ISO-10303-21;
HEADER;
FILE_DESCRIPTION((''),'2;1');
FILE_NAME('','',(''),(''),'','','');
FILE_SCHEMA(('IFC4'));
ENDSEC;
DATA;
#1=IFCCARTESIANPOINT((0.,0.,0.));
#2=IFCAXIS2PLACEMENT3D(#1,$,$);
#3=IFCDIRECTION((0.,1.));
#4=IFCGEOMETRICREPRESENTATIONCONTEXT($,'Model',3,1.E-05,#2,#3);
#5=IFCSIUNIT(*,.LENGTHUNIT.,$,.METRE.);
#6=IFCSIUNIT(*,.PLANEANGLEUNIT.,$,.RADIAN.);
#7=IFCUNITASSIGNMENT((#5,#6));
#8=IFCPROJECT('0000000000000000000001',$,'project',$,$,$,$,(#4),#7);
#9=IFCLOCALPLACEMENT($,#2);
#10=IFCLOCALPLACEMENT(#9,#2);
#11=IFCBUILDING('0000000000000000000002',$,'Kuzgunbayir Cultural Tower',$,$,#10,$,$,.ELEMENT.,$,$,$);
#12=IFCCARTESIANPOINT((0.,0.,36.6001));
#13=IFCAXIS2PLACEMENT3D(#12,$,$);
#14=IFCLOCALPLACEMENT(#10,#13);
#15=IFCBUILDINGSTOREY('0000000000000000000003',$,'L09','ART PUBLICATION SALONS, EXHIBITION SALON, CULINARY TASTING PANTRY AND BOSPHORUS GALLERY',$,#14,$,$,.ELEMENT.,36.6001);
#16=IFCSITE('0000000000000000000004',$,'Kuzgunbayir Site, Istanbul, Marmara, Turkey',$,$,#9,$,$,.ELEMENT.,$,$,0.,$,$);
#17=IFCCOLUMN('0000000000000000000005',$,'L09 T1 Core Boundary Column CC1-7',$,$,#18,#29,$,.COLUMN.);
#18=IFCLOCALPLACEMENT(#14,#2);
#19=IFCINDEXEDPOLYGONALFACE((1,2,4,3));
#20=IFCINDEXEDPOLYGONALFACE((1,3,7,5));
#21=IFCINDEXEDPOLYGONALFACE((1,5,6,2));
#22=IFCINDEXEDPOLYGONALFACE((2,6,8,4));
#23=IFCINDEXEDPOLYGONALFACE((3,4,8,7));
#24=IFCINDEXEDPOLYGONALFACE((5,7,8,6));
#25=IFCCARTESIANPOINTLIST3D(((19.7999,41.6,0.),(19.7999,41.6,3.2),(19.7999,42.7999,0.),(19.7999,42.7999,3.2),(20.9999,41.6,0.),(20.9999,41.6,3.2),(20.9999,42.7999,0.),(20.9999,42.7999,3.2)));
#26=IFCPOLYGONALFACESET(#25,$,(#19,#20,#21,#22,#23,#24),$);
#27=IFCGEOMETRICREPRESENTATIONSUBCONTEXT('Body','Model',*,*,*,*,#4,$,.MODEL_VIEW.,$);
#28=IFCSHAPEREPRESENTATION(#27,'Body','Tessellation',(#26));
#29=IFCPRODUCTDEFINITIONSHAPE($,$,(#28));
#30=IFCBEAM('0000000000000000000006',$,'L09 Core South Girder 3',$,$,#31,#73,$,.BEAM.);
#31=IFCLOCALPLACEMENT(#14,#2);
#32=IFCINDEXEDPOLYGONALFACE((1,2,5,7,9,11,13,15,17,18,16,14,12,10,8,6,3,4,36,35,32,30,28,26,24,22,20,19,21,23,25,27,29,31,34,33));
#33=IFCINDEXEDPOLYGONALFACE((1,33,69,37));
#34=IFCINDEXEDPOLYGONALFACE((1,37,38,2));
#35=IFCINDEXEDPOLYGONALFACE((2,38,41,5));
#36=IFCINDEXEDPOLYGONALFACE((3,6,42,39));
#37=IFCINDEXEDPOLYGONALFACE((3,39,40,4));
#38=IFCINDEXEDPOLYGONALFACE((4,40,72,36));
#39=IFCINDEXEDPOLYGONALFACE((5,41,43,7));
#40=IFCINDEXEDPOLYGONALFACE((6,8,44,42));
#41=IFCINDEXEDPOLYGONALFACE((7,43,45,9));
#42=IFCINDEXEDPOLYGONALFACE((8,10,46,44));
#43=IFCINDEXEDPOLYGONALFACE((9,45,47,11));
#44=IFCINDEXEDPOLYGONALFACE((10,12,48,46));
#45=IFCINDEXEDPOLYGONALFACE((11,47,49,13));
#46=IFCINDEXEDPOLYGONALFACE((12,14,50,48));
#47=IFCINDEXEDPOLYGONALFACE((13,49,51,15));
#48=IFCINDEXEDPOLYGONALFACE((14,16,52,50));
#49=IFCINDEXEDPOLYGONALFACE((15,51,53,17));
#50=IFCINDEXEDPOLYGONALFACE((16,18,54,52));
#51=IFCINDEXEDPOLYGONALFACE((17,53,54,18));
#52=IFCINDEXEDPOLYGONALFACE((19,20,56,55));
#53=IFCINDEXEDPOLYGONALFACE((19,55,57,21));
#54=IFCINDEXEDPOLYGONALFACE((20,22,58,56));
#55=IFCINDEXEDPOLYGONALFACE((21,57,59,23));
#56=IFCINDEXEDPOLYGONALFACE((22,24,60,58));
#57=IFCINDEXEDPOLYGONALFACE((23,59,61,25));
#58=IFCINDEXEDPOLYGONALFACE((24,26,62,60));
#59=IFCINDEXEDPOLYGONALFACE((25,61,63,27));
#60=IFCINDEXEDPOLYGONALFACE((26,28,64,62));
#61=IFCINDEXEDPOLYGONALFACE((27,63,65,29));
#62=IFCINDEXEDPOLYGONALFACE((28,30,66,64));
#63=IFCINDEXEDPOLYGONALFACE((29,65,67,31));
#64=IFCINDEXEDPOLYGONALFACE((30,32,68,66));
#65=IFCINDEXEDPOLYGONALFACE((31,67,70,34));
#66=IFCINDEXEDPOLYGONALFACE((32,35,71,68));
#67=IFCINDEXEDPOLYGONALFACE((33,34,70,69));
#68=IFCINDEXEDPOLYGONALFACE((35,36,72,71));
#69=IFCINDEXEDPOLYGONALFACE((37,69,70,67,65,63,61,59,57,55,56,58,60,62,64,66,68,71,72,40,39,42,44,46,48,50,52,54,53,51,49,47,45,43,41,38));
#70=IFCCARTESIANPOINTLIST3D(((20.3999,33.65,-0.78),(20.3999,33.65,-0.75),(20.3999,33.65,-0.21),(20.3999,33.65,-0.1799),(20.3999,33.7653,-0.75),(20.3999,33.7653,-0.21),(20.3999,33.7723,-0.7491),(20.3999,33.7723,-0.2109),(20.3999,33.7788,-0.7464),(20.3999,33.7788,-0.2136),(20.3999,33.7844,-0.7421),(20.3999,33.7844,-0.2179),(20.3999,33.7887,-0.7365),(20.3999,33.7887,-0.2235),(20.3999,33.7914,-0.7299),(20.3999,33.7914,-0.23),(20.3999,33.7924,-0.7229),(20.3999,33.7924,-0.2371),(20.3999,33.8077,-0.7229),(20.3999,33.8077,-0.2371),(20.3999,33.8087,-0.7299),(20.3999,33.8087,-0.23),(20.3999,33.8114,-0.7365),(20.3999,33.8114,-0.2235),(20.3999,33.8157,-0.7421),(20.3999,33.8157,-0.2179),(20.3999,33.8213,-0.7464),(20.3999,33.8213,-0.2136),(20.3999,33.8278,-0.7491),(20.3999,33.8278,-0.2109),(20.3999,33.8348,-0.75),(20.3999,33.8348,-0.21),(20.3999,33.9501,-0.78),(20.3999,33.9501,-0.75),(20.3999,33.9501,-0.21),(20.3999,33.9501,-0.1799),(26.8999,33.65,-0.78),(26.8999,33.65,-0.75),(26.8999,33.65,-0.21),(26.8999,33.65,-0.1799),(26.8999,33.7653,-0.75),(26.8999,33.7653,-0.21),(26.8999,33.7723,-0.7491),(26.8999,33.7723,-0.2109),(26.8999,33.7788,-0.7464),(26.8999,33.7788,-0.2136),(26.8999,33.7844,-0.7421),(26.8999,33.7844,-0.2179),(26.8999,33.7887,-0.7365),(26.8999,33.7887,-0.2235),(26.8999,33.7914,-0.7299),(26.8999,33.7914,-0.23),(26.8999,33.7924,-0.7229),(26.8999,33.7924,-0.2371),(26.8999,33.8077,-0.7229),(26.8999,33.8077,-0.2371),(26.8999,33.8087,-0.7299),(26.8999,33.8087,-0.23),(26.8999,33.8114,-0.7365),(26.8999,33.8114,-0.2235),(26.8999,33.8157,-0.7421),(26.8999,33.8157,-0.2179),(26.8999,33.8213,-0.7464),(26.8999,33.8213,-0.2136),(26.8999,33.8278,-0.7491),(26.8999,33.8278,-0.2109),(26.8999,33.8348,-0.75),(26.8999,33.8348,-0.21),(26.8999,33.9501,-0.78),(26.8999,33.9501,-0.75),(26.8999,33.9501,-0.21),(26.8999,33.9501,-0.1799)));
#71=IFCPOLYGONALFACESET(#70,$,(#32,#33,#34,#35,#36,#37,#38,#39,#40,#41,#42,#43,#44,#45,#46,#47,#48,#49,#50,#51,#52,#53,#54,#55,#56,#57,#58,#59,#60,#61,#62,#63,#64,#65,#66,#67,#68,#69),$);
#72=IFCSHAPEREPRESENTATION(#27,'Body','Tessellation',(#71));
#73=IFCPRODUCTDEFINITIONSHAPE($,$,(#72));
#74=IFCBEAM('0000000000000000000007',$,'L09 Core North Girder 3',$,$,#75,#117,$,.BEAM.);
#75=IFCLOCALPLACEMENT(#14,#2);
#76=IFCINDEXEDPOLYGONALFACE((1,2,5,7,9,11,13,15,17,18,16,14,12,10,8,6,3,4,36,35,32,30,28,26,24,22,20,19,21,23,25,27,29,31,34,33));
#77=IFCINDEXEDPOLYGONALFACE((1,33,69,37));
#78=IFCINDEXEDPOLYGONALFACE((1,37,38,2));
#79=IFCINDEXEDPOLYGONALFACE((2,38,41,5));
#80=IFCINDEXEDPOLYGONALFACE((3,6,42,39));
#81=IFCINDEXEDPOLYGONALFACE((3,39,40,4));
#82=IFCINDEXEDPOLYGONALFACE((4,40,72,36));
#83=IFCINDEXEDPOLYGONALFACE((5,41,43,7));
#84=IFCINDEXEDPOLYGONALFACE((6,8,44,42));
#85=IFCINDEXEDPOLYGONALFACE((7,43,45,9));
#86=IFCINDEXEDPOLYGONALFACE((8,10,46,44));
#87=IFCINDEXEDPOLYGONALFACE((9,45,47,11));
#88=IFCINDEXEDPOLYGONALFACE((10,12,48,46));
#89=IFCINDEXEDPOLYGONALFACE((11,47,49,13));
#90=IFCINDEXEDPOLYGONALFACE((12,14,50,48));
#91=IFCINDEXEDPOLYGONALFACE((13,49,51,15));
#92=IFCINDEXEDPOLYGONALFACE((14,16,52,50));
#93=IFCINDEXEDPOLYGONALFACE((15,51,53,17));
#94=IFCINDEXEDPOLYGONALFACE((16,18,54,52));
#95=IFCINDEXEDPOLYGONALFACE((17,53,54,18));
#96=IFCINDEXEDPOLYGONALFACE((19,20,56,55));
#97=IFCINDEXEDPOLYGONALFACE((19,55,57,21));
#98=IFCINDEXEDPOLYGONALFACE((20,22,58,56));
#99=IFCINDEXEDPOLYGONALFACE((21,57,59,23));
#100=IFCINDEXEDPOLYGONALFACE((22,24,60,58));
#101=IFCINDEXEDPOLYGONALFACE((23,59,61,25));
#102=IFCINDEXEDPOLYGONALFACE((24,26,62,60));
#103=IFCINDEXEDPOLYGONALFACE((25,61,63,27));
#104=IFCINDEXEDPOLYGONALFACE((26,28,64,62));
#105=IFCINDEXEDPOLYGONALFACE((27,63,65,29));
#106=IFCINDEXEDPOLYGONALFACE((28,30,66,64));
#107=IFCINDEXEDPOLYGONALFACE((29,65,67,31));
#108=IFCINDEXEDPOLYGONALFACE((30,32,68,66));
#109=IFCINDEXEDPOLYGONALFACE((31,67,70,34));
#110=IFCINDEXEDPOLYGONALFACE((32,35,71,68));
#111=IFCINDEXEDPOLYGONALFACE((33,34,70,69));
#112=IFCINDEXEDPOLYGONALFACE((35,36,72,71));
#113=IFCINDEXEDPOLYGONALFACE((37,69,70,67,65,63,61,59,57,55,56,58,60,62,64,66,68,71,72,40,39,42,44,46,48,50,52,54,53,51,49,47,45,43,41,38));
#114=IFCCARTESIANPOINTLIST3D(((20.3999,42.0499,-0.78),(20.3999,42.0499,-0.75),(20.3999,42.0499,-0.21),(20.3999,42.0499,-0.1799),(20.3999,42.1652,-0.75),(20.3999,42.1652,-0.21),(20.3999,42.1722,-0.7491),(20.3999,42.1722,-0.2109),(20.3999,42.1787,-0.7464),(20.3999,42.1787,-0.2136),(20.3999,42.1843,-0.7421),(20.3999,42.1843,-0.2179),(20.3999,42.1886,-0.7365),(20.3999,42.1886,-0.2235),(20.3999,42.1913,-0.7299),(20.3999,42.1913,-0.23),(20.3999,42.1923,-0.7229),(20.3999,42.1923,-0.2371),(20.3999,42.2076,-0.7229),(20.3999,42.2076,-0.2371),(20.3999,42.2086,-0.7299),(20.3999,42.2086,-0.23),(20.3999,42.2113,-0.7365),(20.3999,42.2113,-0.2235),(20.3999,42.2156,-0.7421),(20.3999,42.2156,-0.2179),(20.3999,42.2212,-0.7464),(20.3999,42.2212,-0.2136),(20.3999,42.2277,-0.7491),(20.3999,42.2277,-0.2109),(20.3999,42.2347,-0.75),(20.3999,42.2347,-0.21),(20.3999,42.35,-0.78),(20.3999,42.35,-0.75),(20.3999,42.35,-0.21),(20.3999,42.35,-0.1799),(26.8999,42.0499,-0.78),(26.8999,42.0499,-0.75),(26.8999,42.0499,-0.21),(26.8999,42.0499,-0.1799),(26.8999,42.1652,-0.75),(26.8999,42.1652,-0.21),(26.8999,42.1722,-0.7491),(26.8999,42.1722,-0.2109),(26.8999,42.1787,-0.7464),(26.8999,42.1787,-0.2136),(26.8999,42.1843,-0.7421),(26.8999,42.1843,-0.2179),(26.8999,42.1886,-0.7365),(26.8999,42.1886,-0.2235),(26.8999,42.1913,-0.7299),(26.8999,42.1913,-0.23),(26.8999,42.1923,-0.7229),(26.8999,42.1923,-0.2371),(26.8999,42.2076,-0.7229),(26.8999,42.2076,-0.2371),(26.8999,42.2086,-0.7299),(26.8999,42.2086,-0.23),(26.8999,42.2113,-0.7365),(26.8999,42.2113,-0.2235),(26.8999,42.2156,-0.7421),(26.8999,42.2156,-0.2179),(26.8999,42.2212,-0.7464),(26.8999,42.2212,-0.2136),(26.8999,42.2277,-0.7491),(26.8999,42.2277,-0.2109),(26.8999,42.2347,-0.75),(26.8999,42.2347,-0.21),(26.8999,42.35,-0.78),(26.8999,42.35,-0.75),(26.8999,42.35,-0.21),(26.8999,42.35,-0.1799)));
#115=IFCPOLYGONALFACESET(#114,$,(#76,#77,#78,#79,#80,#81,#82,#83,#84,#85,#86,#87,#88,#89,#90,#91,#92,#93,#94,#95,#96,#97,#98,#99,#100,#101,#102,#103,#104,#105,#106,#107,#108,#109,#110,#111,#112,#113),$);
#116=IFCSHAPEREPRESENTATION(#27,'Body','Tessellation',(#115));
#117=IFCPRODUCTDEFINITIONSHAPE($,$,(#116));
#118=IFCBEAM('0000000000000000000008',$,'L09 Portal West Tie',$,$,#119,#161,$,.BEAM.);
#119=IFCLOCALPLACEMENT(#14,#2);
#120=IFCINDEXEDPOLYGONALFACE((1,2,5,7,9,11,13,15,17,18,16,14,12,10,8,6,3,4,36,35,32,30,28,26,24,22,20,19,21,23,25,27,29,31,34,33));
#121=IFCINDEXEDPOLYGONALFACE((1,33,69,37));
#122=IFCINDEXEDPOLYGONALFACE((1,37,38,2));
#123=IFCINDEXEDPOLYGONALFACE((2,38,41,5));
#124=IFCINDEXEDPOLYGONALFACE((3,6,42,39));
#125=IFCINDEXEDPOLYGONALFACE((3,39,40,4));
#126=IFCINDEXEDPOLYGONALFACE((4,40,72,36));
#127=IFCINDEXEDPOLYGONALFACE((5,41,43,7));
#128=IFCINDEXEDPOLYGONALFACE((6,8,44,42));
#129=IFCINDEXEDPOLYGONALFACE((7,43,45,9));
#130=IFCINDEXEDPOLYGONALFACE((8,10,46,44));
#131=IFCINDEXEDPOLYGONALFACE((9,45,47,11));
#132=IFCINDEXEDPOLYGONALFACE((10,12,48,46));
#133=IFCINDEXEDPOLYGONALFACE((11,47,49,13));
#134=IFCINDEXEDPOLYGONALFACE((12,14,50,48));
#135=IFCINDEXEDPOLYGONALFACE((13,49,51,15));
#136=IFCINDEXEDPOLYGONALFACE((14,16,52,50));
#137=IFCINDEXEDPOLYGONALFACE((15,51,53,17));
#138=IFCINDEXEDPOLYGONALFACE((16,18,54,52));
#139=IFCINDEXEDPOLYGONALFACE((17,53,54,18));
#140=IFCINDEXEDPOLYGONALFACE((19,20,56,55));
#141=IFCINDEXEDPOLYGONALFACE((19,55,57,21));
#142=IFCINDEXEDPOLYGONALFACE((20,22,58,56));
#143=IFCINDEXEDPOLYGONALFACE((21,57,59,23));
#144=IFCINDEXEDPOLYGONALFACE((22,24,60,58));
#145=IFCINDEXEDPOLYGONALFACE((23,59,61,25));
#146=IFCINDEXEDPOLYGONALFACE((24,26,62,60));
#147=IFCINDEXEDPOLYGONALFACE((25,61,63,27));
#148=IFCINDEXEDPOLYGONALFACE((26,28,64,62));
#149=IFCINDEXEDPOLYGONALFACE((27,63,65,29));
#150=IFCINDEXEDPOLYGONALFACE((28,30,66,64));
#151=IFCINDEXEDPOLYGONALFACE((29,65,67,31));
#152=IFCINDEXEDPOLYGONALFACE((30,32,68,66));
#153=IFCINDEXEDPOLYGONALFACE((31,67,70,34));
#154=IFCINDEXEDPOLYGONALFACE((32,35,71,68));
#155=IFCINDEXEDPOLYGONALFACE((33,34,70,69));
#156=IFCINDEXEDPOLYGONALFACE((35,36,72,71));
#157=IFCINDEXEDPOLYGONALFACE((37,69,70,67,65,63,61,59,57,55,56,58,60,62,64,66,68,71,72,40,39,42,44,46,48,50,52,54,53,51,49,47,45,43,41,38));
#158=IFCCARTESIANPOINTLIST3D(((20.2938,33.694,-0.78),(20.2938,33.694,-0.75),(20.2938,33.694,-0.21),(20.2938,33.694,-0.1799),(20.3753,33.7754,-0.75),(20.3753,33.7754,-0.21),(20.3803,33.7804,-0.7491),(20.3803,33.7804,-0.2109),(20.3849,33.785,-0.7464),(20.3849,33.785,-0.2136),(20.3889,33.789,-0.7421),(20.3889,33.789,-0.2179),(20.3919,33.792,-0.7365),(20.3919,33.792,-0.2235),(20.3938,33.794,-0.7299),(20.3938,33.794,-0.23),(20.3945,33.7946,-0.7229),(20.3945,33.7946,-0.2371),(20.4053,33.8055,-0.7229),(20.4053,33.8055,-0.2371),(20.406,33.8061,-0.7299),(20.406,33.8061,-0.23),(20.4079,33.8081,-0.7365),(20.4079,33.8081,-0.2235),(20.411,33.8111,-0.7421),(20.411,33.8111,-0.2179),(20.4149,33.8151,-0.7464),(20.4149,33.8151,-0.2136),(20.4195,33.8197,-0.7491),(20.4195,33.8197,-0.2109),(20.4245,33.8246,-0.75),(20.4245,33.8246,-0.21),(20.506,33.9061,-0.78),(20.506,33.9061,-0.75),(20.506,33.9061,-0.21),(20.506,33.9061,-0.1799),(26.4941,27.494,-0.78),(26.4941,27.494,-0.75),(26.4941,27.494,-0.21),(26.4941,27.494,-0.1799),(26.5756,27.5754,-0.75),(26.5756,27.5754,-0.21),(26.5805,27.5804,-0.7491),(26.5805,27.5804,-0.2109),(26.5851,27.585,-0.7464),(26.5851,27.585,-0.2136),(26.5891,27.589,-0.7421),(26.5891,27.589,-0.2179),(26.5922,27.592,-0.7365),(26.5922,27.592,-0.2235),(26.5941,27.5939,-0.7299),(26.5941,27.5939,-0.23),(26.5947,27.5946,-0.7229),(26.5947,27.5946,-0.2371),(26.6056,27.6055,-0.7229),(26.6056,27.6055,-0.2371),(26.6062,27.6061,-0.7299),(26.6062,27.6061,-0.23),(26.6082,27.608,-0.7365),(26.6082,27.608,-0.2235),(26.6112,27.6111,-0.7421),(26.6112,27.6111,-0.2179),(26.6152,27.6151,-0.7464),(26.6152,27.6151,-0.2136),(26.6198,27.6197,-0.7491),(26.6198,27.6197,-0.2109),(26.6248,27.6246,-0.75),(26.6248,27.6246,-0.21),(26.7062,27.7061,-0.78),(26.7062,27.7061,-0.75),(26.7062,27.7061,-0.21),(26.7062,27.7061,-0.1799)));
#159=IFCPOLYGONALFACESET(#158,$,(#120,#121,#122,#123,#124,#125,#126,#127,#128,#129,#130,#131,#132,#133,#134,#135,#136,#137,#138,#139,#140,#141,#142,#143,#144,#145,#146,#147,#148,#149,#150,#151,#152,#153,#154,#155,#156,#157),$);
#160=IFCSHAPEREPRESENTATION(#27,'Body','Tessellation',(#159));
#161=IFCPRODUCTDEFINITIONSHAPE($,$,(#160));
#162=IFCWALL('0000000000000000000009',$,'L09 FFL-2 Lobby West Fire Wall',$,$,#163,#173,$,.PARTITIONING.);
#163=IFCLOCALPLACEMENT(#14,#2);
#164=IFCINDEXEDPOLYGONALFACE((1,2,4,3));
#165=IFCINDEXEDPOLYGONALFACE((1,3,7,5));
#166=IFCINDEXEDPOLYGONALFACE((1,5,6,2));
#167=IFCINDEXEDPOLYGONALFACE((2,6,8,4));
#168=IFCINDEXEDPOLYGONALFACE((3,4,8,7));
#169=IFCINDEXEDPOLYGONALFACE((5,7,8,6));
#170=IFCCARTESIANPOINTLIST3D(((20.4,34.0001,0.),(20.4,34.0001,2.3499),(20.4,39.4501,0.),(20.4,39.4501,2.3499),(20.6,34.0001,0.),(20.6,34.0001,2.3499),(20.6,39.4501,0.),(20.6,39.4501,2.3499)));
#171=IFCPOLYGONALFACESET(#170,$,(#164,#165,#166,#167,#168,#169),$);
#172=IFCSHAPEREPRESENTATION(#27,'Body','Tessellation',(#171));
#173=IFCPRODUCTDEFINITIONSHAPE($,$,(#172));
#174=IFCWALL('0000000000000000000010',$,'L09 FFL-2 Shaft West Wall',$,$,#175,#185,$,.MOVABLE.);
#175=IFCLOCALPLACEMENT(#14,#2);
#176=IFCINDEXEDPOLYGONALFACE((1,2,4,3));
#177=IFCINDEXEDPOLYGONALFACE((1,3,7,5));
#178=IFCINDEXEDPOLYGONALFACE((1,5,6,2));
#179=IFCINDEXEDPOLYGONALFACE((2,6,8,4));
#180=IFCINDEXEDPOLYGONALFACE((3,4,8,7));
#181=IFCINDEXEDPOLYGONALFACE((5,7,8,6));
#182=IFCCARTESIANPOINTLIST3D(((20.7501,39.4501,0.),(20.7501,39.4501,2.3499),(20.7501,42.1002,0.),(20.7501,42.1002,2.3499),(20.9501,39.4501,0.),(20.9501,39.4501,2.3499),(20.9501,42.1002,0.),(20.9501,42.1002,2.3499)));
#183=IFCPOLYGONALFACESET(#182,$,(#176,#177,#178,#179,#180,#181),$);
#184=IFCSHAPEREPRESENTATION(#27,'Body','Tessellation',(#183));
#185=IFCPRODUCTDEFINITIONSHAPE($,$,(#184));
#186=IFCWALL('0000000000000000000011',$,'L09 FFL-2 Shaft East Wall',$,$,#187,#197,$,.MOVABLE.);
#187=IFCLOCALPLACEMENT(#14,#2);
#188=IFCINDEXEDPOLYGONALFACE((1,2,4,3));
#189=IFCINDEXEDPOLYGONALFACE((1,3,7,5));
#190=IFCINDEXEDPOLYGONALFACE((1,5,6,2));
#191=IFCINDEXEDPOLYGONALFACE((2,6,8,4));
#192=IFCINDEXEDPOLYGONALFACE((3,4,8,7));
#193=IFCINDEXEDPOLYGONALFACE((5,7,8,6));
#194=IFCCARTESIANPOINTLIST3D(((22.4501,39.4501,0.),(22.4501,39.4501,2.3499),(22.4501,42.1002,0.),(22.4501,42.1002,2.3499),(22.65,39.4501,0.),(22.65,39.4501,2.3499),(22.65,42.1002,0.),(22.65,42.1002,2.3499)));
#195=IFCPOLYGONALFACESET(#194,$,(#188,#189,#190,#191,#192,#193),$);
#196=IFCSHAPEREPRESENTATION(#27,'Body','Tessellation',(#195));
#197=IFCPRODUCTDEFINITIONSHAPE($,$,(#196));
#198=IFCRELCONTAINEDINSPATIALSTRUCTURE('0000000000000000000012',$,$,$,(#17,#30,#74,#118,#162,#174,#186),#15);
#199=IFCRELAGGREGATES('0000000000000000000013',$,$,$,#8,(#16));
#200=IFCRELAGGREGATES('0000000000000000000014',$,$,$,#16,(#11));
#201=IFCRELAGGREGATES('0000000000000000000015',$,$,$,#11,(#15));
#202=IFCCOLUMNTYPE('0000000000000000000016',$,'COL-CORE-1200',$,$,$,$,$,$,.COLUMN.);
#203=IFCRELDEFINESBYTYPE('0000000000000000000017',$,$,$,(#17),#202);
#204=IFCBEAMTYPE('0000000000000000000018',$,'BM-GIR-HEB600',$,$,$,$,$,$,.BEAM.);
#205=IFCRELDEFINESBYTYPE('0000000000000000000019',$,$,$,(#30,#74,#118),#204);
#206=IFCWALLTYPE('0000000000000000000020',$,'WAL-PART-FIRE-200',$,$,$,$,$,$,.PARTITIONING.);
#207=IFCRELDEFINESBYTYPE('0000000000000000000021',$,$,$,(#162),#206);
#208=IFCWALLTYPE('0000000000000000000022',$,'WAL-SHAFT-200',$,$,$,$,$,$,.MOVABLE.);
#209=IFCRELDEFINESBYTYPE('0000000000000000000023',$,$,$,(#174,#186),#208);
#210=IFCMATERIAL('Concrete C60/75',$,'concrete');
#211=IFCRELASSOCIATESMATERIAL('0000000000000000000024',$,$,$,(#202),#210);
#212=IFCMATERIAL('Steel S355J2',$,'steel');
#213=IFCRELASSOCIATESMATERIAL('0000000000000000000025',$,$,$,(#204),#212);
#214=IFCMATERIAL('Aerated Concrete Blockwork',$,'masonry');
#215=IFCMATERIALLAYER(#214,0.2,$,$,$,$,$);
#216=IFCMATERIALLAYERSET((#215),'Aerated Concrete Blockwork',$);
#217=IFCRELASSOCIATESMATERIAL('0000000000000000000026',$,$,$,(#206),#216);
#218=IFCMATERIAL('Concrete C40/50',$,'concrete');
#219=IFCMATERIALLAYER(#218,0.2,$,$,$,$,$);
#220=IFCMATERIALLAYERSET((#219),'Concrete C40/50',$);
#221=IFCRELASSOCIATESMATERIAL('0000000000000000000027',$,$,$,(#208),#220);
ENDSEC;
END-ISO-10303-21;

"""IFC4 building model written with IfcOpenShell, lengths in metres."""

from ifc_helpers import new_model, si_unit, direction, frame, frame_2d, origin, origin_2d, place, context, subcontext, project, spatial, rectangle, i_section, extrude, material, layer, layer_set, material_profile, profile_set, type_object, element, save


model = new_model("IFC4")

# Units and contexts
model_context = context("Model", 3, precision=1e-05, world=origin(), true_north=direction((0.0, 1.0)))
body_context = subcontext(model_context, "Body", "Model", "MODEL_VIEW")
ifc_project = project(units=[si_unit("LENGTHUNIT", "METRE"), si_unit("PLANEANGLEUNIT", "RADIAN")], contexts=[model_context])

# Site, building, storey
site_placement = place(None, origin())
site = spatial("IfcSite", under=ifc_project, at=site_placement, Name="Kuzgunbayir Site, Istanbul, Marmara, Turkey", CompositionType="ELEMENT", RefElevation=0.0)
building_placement = place(site_placement, origin())
building = spatial("IfcBuilding", under=site, at=building_placement, Name="Kuzgunbayir Cultural Tower", CompositionType="ELEMENT")
storey_placement = place(building_placement, frame((0.0, 0.0, 36.6001)))
storey = spatial("IfcBuildingStorey", under=building, at=storey_placement, Name="L09", Description="ART PUBLICATION SALONS, EXHIBITION SALON, CULINARY TASTING PANTRY AND BOSPHORUS GALLERY", CompositionType="ELEMENT", Elevation=36.6001)

# Column
ifc_material_1 = material(Name="Concrete C60/75", Category="concrete")
ifc_material_profile_1 = material_profile(ifc_material_1, rectangle(XDim=1.2, YDim=1.2, at=origin_2d()), Name="RC 1200x1200")
ifc_profile_set_1 = profile_set([ifc_material_profile_1], Name="Concrete C60/75")
column_type = type_object("IfcColumnType", Name="COL-CORE-1200", PredefinedType="COLUMN", material=ifc_profile_set_1)
column_placement = place(storey_placement, frame((20.3999, 42.2, 0.0), z_axis=(0.0, 0.0, 1.0), x_axis=(1.0, 0.0, 0.0)))
element("IfcColumn", 1, at=column_placement, inside=storey, type_object=column_type, Name="L09 T1 Core Boundary Column CC1-7", PredefinedType="COLUMN", context=body_context, shape_type="SweptSolid", body=[
    extrude(rectangle(XDim=1.2, YDim=1.2, at=origin_2d()), origin(), (0.0, 0.0, 1.0), 3.2),
])

# Beams
ifc_material_2 = material(Name="Steel S355J2", Category="steel")
ifc_material_profile_2 = material_profile(ifc_material_2, i_section(OverallWidth=0.3, OverallDepth=0.6001, WebThickness=0.0154, FlangeThickness=0.03, FilletRadius=0.0271, at=origin_2d()), Name="HEB 600")
ifc_profile_set_2 = profile_set([ifc_material_profile_2], Name="Steel S355J2")
beam_type = type_object("IfcBeamType", Name="BM-GIR-HEB600", PredefinedType="BEAM", material=ifc_profile_set_2)
for number, where, z_axis, x_axis, name in (
    (2, (20.3999, 33.8, -0.48), (1.0, 0.0, 0.0), (0.0, 1.0, 0.0), "L09 Core South Girder 3"),
    (3, (20.3999, 42.2, -0.48), (1.0, 0.0, 0.0), (0.0, 1.0, 0.0), "L09 Core North Girder 3"),
):
    element("IfcBeam", number, at=place(storey_placement, frame(where, z_axis=z_axis, x_axis=x_axis)), inside=storey, type_object=beam_type, Name=name, PredefinedType="BEAM", context=body_context, shape_type="SweptSolid", body=[
        extrude(i_section(OverallWidth=0.3, OverallDepth=0.6001, WebThickness=0.0154, FlangeThickness=0.03, FilletRadius=0.0271, at=origin_2d()), origin(), (0.0, 0.0, 1.0), 6.5),
    ])
beam_placement = place(storey_placement, frame((20.3999, 33.8, -0.48), z_axis=(0.707121, -0.707093, 0.0), x_axis=(0.707093, 0.707121, 0.0)))
element("IfcBeam", 4, at=beam_placement, inside=storey, type_object=beam_type, Name="L09 Portal West Tie", PredefinedType="BEAM", context=body_context, shape_type="SweptSolid", body=[
    extrude(i_section(OverallWidth=0.3, OverallDepth=0.6001, WebThickness=0.0154, FlangeThickness=0.03, FilletRadius=0.0271, at=origin_2d()), origin(), (0.0, 0.0, 1.0), 8.7683),
])

# Wall
ifc_material_3 = material(Name="Aerated Concrete Blockwork", Category="masonry")
ifc_layer_1 = layer(ifc_material_3, 0.2)
ifc_layer_set_1 = layer_set([ifc_layer_1], Name="Aerated Concrete Blockwork")
wall_type_1 = type_object("IfcWallType", Name="WAL-PART-FIRE-200", PredefinedType="PARTITIONING", material=ifc_layer_set_1)
wall_1_placement = place(storey_placement, frame((20.5, 34.0, 0.0), z_axis=(0.0, 0.0, 1.0), x_axis=(0.0, 1.0, 0.0)))
element("IfcWall", 5, at=wall_1_placement, inside=storey, type_object=wall_type_1, Name="L09 FFL-2 Lobby West Fire Wall", PredefinedType="PARTITIONING", context=body_context, shape_type="SweptSolid", body=[
    extrude(rectangle(XDim=5.45, YDim=0.2, at=frame_2d((2.7251, 0.0))), origin(), (0.0, 0.0, 1.0), 2.3499),
])

# Shared definitions
ifc_material_4 = material(Name="Concrete C40/50", Category="concrete")
ifc_layer_2 = layer(ifc_material_4, 0.2)
ifc_layer_set_2 = layer_set([ifc_layer_2], Name="Concrete C40/50")
wall_type_2 = type_object("IfcWallType", Name="WAL-SHAFT-200", PredefinedType="MOVABLE", material=ifc_layer_set_2)

# Walls
for number, where, z_axis, x_axis, name in (
    (6, (20.8501, 39.45, 0.0), (0.0, 0.0, 1.0), (0.0, 1.0, 0.0), "L09 FFL-2 Shaft West Wall"),
    (7, (22.55, 39.45, 0.0), (0.0, 0.0, 1.0), (0.0, 1.0, 0.0), "L09 FFL-2 Shaft East Wall"),
):
    element("IfcWall", number, at=place(storey_placement, frame(where, z_axis=z_axis, x_axis=x_axis)), inside=storey, type_object=wall_type_2, Name=name, PredefinedType="MOVABLE", context=body_context, shape_type="SweptSolid", body=[
        extrude(rectangle(XDim=2.6501, YDim=0.2, at=frame_2d((1.3252, 0.0))), origin(), (0.0, 0.0, 1.0), 2.3499),
    ])

save(model, "model.ifc")
